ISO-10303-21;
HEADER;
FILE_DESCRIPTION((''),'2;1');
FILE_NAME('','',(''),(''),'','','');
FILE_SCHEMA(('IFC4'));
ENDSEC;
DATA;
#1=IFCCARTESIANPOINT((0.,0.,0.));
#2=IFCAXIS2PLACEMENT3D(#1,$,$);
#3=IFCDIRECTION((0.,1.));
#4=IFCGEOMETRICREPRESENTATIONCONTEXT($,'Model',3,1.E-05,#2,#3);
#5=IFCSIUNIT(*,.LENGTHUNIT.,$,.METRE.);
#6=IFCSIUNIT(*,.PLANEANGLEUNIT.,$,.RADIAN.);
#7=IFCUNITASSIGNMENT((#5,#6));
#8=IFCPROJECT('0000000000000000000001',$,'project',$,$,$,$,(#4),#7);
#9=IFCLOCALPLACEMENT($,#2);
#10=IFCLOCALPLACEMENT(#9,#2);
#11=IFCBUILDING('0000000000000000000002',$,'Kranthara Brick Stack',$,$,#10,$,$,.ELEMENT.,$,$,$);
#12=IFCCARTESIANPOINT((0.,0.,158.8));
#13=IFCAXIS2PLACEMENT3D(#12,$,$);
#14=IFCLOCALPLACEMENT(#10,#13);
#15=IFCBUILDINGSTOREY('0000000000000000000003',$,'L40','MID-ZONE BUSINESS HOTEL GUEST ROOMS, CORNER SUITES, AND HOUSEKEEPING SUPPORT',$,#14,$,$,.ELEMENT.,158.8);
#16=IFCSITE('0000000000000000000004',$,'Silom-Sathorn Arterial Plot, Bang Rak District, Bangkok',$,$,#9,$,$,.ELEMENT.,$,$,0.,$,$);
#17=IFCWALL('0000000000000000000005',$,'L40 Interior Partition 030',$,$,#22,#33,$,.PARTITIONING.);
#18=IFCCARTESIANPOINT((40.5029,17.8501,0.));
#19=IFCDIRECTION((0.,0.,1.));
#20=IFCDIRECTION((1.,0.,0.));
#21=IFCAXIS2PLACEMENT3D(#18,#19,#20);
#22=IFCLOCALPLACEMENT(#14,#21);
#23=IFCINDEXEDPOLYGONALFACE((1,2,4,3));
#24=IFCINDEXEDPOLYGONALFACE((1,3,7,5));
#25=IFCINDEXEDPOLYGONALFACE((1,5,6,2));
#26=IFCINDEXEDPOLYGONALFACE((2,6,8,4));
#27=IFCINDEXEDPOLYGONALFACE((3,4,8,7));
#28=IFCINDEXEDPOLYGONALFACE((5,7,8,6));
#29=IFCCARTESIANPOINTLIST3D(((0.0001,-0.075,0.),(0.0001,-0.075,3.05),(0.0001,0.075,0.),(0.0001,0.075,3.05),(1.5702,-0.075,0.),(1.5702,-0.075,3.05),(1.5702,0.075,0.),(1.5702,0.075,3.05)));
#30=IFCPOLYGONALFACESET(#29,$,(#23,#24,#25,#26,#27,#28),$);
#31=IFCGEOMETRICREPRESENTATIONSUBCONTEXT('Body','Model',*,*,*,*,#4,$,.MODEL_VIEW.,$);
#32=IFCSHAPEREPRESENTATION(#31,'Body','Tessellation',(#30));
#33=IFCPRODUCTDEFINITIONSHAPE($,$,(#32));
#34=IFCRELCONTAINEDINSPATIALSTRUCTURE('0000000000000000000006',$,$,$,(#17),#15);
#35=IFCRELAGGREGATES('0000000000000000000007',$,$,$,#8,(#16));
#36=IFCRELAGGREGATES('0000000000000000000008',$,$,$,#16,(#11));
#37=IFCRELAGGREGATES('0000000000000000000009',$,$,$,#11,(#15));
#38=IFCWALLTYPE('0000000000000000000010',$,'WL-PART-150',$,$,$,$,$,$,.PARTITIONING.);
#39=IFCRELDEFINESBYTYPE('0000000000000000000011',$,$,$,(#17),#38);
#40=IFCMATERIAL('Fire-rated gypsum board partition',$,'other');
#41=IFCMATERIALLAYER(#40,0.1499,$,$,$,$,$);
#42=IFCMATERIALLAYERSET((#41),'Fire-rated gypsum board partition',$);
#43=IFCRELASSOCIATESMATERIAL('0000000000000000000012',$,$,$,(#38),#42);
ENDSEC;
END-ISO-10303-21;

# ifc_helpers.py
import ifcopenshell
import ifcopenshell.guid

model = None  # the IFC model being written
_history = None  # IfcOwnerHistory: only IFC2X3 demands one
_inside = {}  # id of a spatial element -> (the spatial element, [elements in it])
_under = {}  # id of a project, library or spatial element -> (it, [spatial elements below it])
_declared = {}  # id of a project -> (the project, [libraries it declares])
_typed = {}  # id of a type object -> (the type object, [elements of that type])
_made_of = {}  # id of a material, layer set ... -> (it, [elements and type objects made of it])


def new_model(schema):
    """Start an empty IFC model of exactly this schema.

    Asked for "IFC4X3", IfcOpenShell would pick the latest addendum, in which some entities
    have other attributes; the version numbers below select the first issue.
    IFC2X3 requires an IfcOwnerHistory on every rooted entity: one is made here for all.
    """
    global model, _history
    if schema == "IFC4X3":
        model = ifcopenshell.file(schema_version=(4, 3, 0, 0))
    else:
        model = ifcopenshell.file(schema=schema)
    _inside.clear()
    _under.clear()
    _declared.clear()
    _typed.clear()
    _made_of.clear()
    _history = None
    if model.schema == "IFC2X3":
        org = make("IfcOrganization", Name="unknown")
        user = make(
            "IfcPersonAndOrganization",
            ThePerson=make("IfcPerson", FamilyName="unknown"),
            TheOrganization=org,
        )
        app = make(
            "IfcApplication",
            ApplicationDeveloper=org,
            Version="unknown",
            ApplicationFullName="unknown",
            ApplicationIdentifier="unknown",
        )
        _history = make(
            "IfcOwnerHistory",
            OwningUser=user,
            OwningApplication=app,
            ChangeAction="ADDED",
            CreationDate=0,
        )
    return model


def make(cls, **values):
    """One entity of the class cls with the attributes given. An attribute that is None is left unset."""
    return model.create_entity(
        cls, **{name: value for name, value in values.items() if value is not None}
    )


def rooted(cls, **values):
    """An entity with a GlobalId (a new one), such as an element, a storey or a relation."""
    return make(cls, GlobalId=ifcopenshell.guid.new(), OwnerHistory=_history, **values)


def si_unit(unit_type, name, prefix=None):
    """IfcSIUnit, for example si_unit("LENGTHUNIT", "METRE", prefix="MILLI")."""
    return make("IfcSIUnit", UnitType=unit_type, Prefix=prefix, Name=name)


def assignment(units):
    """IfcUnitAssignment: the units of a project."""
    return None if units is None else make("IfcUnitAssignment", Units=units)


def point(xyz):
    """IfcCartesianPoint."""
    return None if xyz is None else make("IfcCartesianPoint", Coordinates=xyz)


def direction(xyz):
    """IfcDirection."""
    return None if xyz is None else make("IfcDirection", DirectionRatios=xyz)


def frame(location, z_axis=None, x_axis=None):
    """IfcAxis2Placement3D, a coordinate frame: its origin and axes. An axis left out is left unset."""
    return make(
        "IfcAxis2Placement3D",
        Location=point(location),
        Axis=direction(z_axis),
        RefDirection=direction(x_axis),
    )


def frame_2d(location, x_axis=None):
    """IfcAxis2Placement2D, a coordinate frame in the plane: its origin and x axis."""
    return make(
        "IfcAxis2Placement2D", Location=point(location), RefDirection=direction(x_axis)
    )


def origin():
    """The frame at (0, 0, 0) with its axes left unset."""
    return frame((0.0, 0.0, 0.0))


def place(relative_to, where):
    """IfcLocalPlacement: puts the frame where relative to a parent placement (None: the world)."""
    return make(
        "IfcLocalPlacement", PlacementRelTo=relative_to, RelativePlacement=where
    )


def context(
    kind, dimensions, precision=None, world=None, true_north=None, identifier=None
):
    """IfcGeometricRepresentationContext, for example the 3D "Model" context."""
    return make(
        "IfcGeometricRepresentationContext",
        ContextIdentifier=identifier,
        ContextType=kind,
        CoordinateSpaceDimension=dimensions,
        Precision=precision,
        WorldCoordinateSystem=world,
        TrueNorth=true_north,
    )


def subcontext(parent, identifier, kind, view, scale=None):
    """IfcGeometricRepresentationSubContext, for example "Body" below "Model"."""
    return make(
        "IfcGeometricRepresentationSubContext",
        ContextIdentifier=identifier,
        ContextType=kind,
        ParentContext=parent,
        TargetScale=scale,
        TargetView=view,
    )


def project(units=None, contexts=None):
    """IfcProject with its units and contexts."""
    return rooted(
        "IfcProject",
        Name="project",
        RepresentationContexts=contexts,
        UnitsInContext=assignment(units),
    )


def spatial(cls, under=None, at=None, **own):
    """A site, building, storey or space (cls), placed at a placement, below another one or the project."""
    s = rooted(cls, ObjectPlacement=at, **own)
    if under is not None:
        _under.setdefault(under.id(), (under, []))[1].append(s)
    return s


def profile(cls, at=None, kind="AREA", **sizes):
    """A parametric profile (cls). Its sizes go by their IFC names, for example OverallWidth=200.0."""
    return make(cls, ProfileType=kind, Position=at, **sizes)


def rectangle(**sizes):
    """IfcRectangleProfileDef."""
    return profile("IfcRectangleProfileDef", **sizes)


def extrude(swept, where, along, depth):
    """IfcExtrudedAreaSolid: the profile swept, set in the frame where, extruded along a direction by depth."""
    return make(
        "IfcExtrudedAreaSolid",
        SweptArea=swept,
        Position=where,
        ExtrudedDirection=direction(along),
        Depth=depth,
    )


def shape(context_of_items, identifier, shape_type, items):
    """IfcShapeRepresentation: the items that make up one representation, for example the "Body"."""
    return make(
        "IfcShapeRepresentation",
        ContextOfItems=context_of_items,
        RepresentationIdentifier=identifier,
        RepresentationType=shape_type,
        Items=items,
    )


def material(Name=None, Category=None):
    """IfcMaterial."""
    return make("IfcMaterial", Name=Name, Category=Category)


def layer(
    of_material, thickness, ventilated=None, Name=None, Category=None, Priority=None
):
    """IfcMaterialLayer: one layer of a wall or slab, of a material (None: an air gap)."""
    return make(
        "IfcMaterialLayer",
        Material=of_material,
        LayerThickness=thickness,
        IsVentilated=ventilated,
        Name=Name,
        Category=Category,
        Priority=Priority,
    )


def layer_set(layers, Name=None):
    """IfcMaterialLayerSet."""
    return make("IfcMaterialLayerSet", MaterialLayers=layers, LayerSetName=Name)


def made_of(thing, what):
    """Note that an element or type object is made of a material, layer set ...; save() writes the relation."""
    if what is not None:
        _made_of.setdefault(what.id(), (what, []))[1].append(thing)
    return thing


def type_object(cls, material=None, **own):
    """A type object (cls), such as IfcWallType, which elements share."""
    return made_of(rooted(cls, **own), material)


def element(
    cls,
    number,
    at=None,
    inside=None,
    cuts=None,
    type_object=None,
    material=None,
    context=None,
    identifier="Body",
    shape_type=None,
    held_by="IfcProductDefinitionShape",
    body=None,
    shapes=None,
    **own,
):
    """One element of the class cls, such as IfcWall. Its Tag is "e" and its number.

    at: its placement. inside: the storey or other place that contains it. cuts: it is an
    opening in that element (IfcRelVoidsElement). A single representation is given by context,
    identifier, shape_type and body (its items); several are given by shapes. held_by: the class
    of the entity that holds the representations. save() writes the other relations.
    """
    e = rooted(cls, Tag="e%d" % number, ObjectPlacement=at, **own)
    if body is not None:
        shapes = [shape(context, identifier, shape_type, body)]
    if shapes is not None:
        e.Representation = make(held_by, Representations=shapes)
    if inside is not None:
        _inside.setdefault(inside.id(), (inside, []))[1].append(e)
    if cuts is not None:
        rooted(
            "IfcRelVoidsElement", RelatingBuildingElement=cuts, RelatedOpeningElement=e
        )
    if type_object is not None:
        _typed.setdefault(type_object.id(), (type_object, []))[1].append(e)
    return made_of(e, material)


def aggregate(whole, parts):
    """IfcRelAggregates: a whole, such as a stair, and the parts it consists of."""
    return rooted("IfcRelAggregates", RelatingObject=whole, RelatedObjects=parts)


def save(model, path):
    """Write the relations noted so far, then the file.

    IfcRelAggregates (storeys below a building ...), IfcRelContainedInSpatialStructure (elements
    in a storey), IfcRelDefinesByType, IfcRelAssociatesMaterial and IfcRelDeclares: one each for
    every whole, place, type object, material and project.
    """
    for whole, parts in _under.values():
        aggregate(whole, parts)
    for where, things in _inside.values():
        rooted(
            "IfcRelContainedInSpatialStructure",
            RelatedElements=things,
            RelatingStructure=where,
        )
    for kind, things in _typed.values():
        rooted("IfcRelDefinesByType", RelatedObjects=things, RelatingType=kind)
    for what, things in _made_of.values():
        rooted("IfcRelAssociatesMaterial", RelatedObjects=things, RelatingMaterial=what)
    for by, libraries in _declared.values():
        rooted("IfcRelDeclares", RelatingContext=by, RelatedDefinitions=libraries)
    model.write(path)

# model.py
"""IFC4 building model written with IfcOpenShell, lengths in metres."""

from ifc_helpers import new_model, si_unit, direction, frame, frame_2d, origin, place, context, subcontext, project, spatial, rectangle, extrude, material, layer, layer_set, type_object, element, save


model = new_model("IFC4")

# Units and contexts
model_context = context("Model", 3, precision=1e-05, world=origin(), true_north=direction((0.0, 1.0)))
body_context = subcontext(model_context, "Body", "Model", "MODEL_VIEW")
ifc_project = project(units=[si_unit("LENGTHUNIT", "METRE"), si_unit("PLANEANGLEUNIT", "RADIAN")], contexts=[model_context])

# Site, building, storey
site_placement = place(None, origin())
site = spatial("IfcSite", under=ifc_project, at=site_placement, Name="Silom-Sathorn Arterial Plot, Bang Rak District, Bangkok", CompositionType="ELEMENT", RefElevation=0.0)
building_placement = place(site_placement, origin())
building = spatial("IfcBuilding", under=site, at=building_placement, Name="Kranthara Brick Stack", CompositionType="ELEMENT")
storey_placement = place(building_placement, frame((0.0, 0.0, 158.8)))
storey = spatial("IfcBuildingStorey", under=building, at=storey_placement, Name="L40", Description="MID-ZONE BUSINESS HOTEL GUEST ROOMS, CORNER SUITES, AND HOUSEKEEPING SUPPORT", CompositionType="ELEMENT", Elevation=158.8)

# Wall
ifc_material_1 = material(Name="Fire-rated gypsum board partition", Category="other")
ifc_layer_1 = layer(ifc_material_1, 0.1499)
ifc_layer_set_1 = layer_set([ifc_layer_1], Name="Fire-rated gypsum board partition")
wall_type_1 = type_object("IfcWallType", Name="WL-PART-150", PredefinedType="PARTITIONING", material=ifc_layer_set_1)
wall_1_placement = place(storey_placement, frame((40.5029, 17.8501, 0.0), z_axis=(0.0, 0.0, 1.0), x_axis=(1.0, 0.0, 0.0)))
element("IfcWall", 1, at=wall_1_placement, inside=storey, type_object=wall_type_1, Name="L40 Interior Partition 030", PredefinedType="PARTITIONING", context=body_context, shape_type="SweptSolid", body=[
    extrude(rectangle(XDim=1.5701, YDim=0.1499, at=frame_2d((0.7852, 0.0))), origin(), (0.0, 0.0, 1.0), 3.05),
])

save(model, "model.ifc")
